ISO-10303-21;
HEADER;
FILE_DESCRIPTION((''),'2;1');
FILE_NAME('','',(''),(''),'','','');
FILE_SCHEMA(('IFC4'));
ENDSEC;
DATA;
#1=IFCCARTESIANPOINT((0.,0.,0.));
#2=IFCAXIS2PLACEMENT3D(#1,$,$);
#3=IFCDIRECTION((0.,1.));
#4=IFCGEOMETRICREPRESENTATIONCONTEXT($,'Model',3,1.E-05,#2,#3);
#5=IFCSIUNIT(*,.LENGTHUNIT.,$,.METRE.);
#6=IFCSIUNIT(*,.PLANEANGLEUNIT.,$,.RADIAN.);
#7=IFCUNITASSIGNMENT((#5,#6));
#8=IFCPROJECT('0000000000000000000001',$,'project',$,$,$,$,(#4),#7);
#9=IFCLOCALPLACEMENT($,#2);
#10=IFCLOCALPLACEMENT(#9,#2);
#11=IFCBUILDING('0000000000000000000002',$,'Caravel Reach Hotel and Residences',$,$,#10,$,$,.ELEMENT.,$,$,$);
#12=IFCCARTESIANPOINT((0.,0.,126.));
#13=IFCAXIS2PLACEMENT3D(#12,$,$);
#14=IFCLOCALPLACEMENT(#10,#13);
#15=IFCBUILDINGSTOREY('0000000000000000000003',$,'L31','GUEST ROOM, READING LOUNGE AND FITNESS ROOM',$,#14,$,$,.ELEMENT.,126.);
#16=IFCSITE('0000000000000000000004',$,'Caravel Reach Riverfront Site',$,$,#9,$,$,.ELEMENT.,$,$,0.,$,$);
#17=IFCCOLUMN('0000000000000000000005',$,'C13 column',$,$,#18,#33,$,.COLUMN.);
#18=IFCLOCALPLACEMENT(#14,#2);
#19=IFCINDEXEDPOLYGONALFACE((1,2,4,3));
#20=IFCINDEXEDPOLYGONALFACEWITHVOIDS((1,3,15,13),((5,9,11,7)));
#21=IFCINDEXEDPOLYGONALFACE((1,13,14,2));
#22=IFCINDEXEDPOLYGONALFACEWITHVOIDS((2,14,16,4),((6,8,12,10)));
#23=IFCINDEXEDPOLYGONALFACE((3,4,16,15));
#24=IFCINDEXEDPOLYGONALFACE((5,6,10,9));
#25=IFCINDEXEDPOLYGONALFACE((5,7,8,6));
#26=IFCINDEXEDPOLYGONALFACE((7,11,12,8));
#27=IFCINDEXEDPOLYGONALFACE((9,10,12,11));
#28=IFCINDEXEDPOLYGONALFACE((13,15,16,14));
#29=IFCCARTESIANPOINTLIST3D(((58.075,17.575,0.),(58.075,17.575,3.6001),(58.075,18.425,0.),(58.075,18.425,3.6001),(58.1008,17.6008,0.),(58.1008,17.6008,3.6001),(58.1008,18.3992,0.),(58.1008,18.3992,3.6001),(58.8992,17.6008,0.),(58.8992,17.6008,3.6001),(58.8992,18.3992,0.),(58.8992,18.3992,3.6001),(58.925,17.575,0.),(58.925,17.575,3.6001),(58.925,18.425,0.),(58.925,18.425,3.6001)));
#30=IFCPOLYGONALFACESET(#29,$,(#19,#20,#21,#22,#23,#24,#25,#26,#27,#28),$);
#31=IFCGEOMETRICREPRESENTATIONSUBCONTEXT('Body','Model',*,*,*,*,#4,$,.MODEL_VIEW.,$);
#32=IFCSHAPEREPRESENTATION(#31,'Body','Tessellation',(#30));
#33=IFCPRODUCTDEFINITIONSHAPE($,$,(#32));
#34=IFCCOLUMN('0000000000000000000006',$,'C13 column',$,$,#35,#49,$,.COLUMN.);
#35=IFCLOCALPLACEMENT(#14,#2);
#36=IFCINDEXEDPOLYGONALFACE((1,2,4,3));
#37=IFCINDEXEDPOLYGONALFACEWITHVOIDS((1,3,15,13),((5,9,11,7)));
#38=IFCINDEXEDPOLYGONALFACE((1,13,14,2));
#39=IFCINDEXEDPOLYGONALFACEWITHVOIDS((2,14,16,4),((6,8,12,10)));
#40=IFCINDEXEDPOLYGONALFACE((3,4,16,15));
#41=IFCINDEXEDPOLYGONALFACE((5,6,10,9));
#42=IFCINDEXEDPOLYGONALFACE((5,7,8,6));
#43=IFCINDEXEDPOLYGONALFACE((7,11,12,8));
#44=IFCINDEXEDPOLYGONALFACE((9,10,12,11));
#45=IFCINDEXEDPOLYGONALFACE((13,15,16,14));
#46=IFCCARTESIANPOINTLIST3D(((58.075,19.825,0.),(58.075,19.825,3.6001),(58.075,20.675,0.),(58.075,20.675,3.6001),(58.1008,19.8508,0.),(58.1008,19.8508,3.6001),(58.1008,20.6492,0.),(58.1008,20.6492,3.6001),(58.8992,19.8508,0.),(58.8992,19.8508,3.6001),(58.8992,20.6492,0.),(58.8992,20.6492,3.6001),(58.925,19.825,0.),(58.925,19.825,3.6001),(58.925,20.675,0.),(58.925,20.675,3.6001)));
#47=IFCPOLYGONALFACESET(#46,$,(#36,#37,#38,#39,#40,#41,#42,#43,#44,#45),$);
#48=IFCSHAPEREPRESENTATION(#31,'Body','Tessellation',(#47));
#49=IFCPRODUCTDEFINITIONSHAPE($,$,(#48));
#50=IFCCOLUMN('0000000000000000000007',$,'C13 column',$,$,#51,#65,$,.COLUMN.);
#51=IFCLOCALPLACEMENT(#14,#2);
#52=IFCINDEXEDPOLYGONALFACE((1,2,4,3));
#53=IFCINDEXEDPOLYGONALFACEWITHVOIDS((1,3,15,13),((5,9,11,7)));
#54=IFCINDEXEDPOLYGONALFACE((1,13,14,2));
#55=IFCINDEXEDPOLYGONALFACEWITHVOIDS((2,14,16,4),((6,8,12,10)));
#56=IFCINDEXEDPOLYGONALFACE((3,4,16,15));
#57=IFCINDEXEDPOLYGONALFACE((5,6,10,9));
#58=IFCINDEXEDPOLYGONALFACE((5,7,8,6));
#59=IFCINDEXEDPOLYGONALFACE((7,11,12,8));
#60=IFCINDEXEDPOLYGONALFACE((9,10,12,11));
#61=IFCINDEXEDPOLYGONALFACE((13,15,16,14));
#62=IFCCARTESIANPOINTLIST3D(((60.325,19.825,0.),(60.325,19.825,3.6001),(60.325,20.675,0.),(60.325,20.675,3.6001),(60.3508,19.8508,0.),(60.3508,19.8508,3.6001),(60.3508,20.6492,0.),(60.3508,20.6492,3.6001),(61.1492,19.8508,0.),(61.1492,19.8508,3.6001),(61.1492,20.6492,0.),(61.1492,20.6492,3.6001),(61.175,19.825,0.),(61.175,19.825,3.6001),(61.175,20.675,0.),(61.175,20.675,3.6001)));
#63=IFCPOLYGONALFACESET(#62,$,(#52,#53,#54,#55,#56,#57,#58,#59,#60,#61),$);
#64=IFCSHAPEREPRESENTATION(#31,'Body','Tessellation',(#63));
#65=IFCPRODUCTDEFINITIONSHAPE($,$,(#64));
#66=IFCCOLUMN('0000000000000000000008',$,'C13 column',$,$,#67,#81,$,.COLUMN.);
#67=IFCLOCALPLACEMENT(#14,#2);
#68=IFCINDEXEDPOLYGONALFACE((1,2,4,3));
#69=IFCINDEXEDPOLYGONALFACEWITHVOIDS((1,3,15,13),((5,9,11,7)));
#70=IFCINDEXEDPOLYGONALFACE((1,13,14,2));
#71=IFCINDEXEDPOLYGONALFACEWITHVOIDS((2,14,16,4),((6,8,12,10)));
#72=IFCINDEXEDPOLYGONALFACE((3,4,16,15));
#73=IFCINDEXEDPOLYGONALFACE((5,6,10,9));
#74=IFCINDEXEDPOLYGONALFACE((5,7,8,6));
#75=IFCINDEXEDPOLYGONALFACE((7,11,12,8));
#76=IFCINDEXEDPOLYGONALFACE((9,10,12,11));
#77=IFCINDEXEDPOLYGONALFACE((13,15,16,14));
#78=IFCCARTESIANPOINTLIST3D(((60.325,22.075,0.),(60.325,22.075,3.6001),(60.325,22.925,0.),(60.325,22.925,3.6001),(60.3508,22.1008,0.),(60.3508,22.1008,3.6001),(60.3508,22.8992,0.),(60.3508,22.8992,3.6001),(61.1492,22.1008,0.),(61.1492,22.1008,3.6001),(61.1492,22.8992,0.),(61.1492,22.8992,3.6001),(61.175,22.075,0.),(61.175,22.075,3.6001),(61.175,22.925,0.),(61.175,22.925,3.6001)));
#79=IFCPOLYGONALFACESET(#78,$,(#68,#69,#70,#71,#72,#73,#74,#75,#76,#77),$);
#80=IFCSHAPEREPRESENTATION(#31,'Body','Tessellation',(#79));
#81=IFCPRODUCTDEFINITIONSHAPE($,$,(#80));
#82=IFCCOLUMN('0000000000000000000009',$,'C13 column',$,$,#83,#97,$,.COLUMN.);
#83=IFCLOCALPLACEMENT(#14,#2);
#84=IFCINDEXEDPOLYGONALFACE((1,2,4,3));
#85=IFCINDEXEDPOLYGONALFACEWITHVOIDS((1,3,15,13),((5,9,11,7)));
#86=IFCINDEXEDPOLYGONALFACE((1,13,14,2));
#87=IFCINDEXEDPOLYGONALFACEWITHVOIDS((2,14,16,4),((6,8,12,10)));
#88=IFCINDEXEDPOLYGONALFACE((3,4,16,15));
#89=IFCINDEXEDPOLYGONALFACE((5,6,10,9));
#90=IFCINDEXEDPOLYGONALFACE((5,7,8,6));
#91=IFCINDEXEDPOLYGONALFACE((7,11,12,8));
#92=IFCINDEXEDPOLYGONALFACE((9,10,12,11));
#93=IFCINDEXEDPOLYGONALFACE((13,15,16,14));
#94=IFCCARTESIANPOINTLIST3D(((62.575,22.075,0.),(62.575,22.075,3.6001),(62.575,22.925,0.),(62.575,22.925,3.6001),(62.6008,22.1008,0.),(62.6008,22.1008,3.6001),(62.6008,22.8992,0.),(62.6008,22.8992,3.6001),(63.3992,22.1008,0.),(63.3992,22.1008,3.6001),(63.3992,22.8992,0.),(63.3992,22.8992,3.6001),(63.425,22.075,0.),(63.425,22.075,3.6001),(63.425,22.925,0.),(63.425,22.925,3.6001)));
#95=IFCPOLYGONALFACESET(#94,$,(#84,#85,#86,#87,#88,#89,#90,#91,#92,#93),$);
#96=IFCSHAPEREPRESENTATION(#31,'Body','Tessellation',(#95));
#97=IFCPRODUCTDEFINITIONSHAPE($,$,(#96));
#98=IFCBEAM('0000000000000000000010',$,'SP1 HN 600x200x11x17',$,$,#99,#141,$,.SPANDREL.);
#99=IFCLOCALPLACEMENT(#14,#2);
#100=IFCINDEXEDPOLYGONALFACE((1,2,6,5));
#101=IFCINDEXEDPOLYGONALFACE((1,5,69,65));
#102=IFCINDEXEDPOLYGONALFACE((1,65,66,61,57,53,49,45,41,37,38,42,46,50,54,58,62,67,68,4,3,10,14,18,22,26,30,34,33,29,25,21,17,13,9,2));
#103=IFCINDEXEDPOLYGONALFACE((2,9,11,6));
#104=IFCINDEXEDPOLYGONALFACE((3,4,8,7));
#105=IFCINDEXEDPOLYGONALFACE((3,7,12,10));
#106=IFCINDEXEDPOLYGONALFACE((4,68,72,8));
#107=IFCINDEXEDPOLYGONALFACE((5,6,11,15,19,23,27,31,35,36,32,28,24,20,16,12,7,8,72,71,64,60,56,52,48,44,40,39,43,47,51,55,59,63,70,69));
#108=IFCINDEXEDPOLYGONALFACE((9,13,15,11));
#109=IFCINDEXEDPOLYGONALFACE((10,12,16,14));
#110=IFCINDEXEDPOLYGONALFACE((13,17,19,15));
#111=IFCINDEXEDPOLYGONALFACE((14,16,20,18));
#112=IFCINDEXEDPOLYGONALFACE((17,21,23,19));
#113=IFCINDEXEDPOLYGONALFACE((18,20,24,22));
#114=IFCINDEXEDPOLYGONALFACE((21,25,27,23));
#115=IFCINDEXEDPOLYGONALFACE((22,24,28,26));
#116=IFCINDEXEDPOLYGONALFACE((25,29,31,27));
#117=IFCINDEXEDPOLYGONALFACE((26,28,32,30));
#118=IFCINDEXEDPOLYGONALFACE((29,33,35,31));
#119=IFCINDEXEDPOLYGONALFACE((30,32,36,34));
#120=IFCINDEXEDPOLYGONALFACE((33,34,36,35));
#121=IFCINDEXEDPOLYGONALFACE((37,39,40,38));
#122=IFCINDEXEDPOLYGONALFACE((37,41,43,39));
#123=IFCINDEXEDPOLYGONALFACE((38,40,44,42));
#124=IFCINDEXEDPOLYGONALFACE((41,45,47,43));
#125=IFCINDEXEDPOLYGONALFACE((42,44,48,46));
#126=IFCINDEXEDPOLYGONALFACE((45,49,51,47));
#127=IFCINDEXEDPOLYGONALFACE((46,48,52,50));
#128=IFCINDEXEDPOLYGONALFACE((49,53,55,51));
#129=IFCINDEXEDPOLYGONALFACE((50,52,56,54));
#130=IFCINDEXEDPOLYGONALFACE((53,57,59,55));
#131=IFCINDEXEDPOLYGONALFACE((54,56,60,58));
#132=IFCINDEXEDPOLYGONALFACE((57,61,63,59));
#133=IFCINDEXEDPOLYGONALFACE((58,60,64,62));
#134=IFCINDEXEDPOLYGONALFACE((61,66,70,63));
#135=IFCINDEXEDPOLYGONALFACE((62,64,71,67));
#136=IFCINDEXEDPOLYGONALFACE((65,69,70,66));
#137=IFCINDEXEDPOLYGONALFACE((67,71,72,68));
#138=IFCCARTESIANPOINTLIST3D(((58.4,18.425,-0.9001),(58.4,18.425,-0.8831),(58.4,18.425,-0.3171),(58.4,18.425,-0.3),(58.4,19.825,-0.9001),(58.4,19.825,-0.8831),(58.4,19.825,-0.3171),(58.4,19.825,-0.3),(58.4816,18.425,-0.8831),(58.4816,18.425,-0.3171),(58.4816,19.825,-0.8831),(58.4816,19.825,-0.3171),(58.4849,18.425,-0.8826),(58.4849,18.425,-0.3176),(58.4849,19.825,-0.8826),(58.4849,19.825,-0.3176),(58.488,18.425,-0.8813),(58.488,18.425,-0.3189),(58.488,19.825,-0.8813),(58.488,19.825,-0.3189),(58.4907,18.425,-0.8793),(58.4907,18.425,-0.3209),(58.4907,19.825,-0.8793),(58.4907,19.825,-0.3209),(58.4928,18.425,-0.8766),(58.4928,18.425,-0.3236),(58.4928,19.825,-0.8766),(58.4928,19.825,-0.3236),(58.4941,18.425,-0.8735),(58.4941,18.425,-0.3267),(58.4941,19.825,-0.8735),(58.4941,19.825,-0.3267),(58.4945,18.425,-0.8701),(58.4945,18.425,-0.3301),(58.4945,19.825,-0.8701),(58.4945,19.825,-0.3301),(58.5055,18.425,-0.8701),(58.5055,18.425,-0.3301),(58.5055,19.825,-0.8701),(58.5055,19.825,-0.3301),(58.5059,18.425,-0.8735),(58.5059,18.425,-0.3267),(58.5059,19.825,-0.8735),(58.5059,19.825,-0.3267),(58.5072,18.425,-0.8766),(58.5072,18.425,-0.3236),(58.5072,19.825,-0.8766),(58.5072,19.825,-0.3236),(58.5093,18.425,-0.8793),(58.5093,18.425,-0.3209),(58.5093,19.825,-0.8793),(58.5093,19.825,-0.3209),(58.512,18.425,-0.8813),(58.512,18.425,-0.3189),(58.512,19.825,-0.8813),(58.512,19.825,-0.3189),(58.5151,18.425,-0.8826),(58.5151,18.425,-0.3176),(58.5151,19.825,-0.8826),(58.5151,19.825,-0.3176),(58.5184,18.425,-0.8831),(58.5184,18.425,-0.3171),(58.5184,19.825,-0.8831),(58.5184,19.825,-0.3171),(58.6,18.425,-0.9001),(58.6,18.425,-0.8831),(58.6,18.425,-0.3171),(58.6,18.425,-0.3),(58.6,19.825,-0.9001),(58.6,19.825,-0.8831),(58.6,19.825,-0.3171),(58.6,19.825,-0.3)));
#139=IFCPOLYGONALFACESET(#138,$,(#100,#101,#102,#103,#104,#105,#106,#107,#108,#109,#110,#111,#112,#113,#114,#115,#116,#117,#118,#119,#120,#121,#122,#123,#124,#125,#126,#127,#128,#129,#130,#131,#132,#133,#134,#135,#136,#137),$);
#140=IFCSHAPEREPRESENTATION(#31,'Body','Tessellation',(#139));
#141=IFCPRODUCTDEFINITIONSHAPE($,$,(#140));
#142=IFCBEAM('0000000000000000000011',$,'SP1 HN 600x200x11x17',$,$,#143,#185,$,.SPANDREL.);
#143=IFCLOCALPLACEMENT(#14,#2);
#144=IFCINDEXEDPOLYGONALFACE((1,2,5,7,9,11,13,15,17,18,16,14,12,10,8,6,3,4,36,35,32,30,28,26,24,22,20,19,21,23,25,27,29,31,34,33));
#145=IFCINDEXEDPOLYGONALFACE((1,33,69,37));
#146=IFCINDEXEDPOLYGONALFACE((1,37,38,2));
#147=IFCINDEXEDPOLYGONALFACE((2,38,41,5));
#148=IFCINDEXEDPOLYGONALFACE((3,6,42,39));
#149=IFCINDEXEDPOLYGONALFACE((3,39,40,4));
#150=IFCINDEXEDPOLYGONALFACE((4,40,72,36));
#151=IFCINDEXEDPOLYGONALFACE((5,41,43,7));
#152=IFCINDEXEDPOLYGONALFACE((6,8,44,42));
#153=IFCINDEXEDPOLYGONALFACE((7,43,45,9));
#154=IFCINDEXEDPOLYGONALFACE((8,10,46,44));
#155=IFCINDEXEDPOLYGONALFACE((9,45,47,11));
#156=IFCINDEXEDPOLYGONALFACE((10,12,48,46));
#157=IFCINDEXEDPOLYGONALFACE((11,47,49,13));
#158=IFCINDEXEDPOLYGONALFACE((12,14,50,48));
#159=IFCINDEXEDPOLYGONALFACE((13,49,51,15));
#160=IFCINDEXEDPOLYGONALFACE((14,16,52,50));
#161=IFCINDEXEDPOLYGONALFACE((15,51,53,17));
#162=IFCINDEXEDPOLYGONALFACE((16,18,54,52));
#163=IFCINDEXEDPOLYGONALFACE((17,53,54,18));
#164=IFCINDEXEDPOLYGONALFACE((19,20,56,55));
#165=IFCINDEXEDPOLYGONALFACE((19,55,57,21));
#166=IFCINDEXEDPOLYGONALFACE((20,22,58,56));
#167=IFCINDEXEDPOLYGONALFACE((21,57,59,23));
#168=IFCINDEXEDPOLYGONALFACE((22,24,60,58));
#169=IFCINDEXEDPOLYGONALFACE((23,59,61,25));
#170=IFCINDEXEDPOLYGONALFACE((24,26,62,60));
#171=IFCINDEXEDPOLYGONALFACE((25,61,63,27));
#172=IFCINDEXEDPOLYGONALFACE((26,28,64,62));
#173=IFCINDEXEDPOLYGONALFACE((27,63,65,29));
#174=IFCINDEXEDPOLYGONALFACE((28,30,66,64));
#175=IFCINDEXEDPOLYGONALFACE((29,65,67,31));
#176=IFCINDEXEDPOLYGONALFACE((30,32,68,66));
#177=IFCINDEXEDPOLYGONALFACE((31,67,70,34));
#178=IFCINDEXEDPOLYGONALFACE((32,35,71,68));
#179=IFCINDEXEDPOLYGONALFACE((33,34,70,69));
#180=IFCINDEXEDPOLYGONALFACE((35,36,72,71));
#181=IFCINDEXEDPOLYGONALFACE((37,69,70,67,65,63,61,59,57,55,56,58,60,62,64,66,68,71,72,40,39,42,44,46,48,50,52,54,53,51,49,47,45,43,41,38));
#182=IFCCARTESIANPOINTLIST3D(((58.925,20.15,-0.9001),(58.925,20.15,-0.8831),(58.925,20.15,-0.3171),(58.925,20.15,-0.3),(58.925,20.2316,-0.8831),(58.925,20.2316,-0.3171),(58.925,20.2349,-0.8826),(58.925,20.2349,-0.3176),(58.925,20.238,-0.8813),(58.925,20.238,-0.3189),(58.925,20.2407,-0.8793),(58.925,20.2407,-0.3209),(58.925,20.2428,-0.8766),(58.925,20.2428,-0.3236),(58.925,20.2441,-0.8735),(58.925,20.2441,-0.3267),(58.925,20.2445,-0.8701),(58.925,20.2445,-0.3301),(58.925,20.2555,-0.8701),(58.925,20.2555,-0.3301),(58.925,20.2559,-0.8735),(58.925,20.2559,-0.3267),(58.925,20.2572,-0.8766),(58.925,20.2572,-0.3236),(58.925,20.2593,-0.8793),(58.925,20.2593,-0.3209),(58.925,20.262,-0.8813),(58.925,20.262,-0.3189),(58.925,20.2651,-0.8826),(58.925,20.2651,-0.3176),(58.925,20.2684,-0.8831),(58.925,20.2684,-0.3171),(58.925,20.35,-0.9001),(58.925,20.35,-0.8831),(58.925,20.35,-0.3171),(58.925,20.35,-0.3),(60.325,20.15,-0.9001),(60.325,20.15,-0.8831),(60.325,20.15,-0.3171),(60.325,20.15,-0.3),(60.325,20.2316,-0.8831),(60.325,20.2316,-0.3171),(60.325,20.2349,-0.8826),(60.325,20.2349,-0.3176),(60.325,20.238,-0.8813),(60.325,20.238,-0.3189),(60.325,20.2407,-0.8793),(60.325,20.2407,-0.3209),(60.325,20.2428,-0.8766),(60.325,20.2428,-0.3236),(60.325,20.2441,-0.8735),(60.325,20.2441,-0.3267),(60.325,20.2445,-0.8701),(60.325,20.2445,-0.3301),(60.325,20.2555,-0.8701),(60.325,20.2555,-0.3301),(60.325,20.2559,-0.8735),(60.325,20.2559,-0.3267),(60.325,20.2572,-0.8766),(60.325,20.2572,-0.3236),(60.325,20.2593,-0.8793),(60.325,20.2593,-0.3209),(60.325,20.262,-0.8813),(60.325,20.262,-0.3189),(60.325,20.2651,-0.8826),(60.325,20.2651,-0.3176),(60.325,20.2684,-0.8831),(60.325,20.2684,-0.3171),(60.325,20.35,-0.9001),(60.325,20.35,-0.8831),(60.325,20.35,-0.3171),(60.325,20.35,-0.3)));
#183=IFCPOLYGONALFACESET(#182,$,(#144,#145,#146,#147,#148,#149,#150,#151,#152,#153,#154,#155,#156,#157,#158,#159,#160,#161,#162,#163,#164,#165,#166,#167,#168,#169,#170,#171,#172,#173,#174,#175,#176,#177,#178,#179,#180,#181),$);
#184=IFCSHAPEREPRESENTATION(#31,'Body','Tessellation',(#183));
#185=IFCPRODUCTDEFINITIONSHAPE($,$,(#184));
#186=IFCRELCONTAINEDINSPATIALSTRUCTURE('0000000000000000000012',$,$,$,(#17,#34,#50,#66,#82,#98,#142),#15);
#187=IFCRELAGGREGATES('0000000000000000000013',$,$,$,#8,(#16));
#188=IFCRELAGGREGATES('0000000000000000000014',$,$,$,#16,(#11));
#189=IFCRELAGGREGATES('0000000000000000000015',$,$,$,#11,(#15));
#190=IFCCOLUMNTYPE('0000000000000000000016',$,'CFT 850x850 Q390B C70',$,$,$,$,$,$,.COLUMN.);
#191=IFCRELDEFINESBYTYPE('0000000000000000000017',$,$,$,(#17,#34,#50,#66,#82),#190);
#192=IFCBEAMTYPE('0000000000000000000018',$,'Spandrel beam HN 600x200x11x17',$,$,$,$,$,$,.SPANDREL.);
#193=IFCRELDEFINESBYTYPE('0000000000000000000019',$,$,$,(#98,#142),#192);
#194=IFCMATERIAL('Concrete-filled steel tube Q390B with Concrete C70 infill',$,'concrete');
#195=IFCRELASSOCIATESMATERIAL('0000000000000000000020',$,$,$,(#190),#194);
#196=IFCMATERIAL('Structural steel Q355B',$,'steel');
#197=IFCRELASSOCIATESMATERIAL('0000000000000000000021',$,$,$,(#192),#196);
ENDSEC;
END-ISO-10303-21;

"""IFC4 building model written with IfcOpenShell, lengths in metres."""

from ifc_helpers import new_model, si_unit, direction, frame, origin, origin_2d, place, context, subcontext, project, spatial, hollow_rectangle, i_section, extrude, material, material_profile, profile_set, type_object, element, save


model = new_model("IFC4")

# Units and contexts
model_context = context("Model", 3, precision=1e-05, world=origin(), true_north=direction((0.0, 1.0)))
body_context = subcontext(model_context, "Body", "Model", "MODEL_VIEW")
ifc_project = project(units=[si_unit("LENGTHUNIT", "METRE"), si_unit("PLANEANGLEUNIT", "RADIAN")], contexts=[model_context])

# Site, building, storey
site_placement = place(None, origin())
site = spatial("IfcSite", under=ifc_project, at=site_placement, Name="Caravel Reach Riverfront Site", CompositionType="ELEMENT", RefElevation=0.0)
building_placement = place(site_placement, origin())
building = spatial("IfcBuilding", under=site, at=building_placement, Name="Caravel Reach Hotel and Residences", CompositionType="ELEMENT")
storey_placement = place(building_placement, frame((0.0, 0.0, 126.0)))
storey = spatial("IfcBuildingStorey", under=building, at=storey_placement, Name="L31", Description="GUEST ROOM, READING LOUNGE AND FITNESS ROOM", CompositionType="ELEMENT", Elevation=126.0)

# Columns
ifc_material_1 = material(Name="Concrete-filled steel tube Q390B with Concrete C70 infill", Category="concrete")
ifc_material_profile_1 = material_profile(ifc_material_1, hollow_rectangle(XDim=0.8501, YDim=0.8501, WallThickness=0.0259, at=origin_2d()), Name="RHS 850x850x26")
ifc_profile_set_1 = profile_set([ifc_material_profile_1], Name="Concrete-filled steel tube Q390B with Concrete C70 infill")
column_type = type_object("IfcColumnType", Name="CFT 850x850 Q390B C70", PredefinedType="COLUMN", material=ifc_profile_set_1)
for number, where, z_axis, x_axis, name in (
    (1, (58.5, 18.0, 0.0), (0.0, 0.0, 1.0), (1.0, 0.0, 0.0), "C13 column"),
    (2, (58.5, 20.25, 0.0), (0.0, 0.0, 1.0), (1.0, 0.0, 0.0), "C13 column"),
    (3, (60.75, 20.25, 0.0), (0.0, 0.0, 1.0), (1.0, 0.0, 0.0), "C13 column"),
    (4, (60.75, 22.5, 0.0), (0.0, 0.0, 1.0), (1.0, 0.0, 0.0), "C13 column"),
    (5, (63.0, 22.5, 0.0), (0.0, 0.0, 1.0), (1.0, 0.0, 0.0), "C13 column"),
):
    element("IfcColumn", number, at=place(storey_placement, frame(where, z_axis=z_axis, x_axis=x_axis)), inside=storey, type_object=column_type, Name=name, PredefinedType="COLUMN", context=body_context, shape_type="SweptSolid", body=[
        extrude(hollow_rectangle(XDim=0.8501, YDim=0.8501, WallThickness=0.0259, at=origin_2d()), origin(), (0.0, 0.0, 1.0), 3.6001),
    ])

# Beams
ifc_material_2 = material(Name="Structural steel Q355B", Category="steel")
ifc_material_profile_2 = material_profile(ifc_material_2, i_section(OverallWidth=0.2, OverallDepth=0.6001, WebThickness=0.011, FlangeThickness=0.0171, FilletRadius=0.0129, at=origin_2d()), Name="HN 600x200x11x17")
ifc_profile_set_2 = profile_set([ifc_material_profile_2], Name="Structural steel Q355B")
beam_type = type_object("IfcBeamType", Name="Spandrel beam HN 600x200x11x17", PredefinedType="SPANDREL", material=ifc_profile_set_2)
for number, where, z_axis, x_axis, name in (
    (6, (58.5, 18.425, -0.6001), (0.0, 1.0, 0.0), (-1.0, 0.0, 0.0), "SP1 HN 600x200x11x17"),
    (7, (58.925, 20.25, -0.6001), (1.0, 0.0, 0.0), (0.0, 1.0, 0.0), "SP1 HN 600x200x11x17"),
):
    element("IfcBeam", number, at=place(storey_placement, frame(where, z_axis=z_axis, x_axis=x_axis)), inside=storey, type_object=beam_type, Name=name, PredefinedType="SPANDREL", context=body_context, shape_type="SweptSolid", body=[
        extrude(i_section(OverallWidth=0.2, OverallDepth=0.6001, WebThickness=0.011, FlangeThickness=0.0171, FilletRadius=0.0129, at=origin_2d()), origin(), (0.0, 0.0, 1.0), 1.3999),
    ])

save(model, "model.ifc")
